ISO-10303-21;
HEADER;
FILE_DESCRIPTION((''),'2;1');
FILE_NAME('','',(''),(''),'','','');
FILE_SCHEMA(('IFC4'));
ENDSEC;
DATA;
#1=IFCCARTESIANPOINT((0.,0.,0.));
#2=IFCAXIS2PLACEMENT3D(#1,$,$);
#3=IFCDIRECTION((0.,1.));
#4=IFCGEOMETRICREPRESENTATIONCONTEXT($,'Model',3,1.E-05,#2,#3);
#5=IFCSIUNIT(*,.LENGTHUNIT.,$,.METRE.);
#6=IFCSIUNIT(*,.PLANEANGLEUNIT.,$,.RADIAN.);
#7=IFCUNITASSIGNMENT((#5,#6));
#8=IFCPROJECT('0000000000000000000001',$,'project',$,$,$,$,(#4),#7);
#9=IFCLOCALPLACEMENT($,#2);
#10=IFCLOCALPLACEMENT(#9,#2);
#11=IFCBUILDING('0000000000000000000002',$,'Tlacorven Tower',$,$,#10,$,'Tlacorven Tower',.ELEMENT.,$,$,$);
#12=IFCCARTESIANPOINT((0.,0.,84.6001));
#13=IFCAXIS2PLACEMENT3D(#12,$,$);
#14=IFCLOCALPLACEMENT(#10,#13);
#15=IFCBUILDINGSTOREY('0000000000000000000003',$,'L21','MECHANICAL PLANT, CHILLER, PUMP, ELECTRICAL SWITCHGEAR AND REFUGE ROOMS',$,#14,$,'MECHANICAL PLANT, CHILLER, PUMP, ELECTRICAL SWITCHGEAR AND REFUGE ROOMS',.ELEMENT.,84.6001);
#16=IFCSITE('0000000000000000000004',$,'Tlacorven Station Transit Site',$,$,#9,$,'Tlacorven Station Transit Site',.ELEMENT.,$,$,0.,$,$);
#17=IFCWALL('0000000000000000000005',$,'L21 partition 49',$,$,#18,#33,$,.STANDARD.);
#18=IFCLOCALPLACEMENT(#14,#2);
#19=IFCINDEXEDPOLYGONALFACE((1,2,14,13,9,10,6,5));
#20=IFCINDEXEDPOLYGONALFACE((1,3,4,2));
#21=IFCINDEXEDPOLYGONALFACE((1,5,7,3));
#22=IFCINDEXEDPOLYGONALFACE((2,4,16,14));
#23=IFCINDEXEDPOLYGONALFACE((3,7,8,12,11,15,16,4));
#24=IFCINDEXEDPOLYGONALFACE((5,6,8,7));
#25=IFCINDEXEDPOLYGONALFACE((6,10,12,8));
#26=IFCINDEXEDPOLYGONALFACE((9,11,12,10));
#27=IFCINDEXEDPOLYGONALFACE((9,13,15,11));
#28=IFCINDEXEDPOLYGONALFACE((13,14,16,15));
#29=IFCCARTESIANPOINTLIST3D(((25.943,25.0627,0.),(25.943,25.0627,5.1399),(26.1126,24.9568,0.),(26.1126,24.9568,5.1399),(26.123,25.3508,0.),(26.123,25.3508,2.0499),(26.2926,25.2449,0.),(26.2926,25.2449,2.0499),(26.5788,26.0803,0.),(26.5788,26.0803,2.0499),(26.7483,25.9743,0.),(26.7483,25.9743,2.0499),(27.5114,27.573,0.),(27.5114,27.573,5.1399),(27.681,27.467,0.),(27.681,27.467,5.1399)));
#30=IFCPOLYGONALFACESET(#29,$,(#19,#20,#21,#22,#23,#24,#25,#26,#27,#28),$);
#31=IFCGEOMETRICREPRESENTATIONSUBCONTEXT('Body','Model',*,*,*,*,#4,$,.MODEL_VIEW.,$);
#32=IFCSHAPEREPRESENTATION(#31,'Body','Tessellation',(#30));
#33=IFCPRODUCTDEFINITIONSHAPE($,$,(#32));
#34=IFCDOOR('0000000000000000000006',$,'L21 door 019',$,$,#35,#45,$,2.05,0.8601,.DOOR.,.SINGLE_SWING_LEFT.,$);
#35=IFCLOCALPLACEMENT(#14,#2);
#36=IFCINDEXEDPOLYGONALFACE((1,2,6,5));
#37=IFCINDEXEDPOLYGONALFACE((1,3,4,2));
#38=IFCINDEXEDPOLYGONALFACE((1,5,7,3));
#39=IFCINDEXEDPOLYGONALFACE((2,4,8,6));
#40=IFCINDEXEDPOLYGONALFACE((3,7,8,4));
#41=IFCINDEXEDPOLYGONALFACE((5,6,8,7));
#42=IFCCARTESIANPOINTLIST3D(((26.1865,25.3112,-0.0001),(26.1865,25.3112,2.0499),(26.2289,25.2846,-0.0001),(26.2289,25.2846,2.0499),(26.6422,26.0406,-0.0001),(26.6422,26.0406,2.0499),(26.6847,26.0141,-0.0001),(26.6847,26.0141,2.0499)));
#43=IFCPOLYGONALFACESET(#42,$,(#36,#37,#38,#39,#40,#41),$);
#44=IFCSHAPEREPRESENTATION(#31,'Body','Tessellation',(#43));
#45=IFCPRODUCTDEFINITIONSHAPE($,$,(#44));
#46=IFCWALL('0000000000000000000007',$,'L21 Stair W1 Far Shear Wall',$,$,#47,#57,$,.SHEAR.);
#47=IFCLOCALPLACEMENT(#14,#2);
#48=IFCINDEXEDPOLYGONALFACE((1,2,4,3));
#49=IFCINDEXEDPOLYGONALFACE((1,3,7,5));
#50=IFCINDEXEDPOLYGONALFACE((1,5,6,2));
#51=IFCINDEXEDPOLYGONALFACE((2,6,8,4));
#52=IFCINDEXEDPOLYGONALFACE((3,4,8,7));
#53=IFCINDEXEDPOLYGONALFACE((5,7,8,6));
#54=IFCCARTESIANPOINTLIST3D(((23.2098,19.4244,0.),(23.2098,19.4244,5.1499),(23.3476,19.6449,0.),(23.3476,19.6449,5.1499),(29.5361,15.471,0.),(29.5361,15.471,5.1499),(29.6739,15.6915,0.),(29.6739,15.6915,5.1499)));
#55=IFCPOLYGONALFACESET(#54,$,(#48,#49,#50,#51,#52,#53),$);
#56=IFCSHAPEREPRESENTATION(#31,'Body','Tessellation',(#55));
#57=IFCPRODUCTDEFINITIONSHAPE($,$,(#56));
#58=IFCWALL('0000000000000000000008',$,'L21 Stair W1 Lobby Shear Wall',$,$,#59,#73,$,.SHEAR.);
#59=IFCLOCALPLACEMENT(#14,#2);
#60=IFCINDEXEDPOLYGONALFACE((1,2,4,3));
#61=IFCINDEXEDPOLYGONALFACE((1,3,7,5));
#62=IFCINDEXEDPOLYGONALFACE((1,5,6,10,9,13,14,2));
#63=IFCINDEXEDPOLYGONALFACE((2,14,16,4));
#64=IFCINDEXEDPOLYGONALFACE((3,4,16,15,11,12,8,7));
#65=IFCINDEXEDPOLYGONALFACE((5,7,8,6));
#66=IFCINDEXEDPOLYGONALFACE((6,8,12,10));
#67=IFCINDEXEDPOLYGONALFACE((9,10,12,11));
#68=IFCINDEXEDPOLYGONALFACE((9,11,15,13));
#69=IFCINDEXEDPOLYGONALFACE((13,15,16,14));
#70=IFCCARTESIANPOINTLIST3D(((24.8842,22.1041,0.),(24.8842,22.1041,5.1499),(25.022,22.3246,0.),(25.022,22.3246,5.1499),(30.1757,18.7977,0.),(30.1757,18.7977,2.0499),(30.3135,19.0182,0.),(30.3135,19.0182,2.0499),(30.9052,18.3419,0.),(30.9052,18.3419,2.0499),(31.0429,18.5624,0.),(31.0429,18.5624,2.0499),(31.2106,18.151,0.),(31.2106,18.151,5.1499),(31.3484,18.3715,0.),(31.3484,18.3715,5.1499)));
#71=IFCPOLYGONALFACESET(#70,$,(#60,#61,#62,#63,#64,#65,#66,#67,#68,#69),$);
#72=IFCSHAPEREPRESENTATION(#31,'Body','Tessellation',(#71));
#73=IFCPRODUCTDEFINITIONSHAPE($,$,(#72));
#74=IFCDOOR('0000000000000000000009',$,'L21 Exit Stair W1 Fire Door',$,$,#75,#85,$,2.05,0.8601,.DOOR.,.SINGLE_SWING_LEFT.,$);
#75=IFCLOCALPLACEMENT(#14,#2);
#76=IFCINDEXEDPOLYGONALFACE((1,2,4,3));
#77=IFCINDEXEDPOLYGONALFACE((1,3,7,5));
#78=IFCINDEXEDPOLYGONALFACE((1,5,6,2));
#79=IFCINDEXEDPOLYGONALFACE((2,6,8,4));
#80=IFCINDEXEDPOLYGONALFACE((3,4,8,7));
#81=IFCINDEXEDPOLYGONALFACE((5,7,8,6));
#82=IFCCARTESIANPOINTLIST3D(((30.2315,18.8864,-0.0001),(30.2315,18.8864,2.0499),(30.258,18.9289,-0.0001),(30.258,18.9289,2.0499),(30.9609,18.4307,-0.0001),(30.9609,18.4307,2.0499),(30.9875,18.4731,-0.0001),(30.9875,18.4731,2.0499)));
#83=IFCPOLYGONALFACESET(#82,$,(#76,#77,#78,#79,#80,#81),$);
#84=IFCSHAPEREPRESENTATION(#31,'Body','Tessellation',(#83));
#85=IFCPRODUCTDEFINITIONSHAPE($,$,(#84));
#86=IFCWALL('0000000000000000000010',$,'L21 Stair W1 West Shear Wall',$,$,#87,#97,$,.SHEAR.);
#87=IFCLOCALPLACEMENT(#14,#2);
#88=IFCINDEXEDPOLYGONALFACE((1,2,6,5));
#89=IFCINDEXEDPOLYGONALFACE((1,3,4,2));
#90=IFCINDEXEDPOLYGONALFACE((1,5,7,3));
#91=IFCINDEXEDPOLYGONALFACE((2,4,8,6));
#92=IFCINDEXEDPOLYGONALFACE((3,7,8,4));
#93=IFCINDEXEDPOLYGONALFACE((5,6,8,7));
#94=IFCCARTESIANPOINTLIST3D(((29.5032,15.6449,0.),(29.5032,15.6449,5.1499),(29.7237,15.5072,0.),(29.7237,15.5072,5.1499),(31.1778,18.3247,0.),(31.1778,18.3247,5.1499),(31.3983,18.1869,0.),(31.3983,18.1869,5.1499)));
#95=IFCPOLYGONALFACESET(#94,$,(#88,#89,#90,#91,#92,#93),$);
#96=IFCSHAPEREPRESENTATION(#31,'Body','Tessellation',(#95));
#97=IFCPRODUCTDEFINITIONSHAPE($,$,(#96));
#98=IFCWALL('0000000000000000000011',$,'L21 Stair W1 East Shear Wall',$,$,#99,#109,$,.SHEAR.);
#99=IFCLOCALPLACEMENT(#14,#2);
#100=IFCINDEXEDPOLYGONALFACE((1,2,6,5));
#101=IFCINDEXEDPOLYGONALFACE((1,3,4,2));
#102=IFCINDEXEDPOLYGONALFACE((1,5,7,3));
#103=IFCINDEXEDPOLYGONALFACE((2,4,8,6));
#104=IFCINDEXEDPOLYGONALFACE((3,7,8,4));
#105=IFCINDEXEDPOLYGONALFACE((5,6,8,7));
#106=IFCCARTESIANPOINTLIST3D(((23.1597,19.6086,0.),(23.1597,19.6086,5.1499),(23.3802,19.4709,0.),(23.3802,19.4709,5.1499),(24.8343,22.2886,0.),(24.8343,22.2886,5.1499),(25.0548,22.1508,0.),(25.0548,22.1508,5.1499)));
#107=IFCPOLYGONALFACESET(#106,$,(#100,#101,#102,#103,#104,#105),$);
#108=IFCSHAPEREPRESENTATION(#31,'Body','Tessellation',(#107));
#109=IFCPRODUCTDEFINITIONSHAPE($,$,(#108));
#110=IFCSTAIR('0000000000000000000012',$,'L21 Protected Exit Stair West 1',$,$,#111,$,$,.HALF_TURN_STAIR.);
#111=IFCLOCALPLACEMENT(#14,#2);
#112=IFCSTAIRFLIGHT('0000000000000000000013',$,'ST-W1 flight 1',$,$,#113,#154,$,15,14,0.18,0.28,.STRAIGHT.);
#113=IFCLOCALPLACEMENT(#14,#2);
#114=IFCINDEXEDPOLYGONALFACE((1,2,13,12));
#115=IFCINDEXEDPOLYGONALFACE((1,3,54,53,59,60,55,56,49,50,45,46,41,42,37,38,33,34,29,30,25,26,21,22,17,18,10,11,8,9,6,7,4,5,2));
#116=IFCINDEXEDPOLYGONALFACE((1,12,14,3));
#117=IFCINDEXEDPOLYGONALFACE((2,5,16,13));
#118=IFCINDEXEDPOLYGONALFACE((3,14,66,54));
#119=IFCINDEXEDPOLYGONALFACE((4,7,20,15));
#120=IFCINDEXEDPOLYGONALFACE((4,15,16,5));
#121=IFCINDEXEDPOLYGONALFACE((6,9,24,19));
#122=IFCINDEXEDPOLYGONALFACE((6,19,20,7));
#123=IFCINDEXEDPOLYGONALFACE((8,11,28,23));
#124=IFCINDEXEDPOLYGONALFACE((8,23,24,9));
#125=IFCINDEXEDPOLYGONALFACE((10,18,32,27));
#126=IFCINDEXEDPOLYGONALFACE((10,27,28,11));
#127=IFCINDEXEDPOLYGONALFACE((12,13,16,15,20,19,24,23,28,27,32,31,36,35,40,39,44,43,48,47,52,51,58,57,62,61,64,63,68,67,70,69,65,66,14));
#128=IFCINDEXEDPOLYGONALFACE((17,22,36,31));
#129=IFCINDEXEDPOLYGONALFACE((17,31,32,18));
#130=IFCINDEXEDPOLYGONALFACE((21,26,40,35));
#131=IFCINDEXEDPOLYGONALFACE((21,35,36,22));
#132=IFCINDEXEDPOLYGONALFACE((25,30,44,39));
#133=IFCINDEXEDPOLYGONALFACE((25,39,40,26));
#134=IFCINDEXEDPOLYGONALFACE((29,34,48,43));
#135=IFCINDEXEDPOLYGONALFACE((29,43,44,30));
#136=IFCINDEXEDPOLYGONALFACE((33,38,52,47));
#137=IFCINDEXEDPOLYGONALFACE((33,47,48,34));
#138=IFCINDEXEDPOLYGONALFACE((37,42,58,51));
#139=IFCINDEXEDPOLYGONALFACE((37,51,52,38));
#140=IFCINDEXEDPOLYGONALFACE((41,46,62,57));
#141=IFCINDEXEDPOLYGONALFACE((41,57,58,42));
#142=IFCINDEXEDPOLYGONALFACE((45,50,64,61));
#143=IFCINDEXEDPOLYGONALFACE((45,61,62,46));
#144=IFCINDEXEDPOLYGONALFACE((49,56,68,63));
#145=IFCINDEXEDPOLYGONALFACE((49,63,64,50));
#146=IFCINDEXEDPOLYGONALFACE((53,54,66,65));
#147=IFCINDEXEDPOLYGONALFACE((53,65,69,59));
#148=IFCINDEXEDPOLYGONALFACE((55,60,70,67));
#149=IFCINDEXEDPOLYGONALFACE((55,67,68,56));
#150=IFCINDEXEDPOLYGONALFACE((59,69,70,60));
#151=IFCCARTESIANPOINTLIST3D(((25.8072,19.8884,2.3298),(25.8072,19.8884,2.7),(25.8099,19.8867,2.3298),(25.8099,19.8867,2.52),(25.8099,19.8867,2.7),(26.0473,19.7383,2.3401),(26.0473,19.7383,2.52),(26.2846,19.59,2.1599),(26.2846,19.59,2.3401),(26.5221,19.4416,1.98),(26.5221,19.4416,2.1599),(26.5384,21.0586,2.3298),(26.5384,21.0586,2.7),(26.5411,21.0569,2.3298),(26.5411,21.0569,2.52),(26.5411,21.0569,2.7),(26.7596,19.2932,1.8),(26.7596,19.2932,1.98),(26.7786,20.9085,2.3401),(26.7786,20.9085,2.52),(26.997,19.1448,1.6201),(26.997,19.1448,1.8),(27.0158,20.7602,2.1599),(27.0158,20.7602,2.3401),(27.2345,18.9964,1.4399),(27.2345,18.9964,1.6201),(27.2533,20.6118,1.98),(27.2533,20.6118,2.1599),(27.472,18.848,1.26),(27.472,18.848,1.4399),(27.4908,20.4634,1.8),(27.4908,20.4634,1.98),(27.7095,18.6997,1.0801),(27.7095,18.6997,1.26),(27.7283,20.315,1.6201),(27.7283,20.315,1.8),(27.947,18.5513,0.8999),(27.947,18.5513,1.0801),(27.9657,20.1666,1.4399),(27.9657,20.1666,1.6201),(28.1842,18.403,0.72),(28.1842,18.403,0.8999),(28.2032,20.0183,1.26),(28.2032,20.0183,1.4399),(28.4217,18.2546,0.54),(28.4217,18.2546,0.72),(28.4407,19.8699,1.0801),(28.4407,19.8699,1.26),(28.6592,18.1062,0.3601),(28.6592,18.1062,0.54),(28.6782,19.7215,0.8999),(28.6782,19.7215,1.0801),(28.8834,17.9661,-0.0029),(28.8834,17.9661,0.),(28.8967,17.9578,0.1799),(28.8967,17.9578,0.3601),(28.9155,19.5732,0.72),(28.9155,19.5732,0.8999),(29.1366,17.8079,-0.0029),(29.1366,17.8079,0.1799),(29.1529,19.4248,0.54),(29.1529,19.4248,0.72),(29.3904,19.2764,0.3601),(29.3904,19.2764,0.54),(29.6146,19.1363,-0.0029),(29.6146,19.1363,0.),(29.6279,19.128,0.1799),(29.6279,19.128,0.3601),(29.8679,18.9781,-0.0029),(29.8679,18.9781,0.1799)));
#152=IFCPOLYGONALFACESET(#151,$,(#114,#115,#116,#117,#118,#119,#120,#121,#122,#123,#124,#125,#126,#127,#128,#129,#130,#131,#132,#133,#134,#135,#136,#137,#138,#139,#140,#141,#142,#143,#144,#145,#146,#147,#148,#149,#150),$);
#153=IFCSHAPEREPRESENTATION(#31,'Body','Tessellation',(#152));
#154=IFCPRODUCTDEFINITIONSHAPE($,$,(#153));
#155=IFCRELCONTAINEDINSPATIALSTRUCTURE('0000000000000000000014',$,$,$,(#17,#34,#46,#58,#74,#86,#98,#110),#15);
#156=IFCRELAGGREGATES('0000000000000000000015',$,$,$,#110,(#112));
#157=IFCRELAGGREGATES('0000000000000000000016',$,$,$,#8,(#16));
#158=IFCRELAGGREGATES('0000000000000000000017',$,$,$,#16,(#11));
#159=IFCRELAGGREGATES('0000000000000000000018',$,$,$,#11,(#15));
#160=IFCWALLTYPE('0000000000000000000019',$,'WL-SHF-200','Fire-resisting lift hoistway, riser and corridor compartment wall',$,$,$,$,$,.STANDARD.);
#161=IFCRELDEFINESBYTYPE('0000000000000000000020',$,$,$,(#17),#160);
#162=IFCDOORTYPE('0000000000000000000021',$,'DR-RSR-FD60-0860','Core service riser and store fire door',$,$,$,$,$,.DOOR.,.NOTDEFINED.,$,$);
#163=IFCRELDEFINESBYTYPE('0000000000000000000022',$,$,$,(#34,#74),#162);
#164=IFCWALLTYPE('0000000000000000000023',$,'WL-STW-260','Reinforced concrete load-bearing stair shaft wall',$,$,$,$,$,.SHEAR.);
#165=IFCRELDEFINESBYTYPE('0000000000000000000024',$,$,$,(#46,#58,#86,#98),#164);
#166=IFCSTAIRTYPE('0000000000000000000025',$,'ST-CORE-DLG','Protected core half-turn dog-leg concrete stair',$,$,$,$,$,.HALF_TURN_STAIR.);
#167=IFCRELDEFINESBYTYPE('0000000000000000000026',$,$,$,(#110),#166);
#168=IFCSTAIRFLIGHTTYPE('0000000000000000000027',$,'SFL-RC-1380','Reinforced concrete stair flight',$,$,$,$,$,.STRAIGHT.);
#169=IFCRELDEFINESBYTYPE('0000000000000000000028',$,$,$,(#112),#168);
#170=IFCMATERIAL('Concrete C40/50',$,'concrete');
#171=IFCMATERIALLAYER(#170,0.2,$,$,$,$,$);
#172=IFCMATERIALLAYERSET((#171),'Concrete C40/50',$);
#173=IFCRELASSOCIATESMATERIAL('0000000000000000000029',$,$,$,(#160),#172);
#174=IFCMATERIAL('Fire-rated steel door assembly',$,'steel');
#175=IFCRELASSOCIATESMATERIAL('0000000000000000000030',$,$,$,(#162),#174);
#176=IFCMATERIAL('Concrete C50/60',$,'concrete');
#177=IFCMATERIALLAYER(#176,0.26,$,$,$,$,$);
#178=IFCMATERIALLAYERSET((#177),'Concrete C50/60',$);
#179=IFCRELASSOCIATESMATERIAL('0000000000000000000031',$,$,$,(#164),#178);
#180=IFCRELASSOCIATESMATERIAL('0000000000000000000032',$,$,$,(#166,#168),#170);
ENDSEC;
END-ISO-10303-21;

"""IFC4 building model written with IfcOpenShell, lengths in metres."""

from ifc_helpers import new_model, si_unit, direction, frame, frame_2d, origin, place, context, subcontext, project, spatial, polyline, rectangle, outline, extrude, source, transform, mapped, material, layer, layer_set, type_object, element, fill, aggregate, save


model = new_model("IFC4")

# Units and contexts
model_context = context("Model", 3, precision=1e-05, world=origin(), true_north=direction((0.0, 1.0)))
body_context = subcontext(model_context, "Body", "Model", "MODEL_VIEW")
ifc_project = project(units=[si_unit("LENGTHUNIT", "METRE"), si_unit("PLANEANGLEUNIT", "RADIAN")], contexts=[model_context])

# Site, building, storey
site_placement = place(None, origin())
site = spatial("IfcSite", under=ifc_project, at=site_placement, Name="Tlacorven Station Transit Site", LongName="Tlacorven Station Transit Site", CompositionType="ELEMENT", RefElevation=0.0)
building_placement = place(site_placement, origin())
building = spatial("IfcBuilding", under=site, at=building_placement, Name="Tlacorven Tower", LongName="Tlacorven Tower", CompositionType="ELEMENT")
storey_placement = place(building_placement, frame((0.0, 0.0, 84.6001)))
storey = spatial("IfcBuildingStorey", under=building, at=storey_placement, Name="L21", Description="MECHANICAL PLANT, CHILLER, PUMP, ELECTRICAL SWITCHGEAR AND REFUGE ROOMS", LongName="MECHANICAL PLANT, CHILLER, PUMP, ELECTRICAL SWITCHGEAR AND REFUGE ROOMS", CompositionType="ELEMENT", Elevation=84.6001)

# Shared definitions
ifc_material_1 = material(Name="Concrete C40/50", Category="concrete")
ifc_layer_1 = layer(ifc_material_1, 0.2)
ifc_layer_set_1 = layer_set([ifc_layer_1], Name="Concrete C40/50")
wall_type_1 = type_object("IfcWallType", Name="WL-SHF-200", Description="Fire-resisting lift hoistway, riser and corridor compartment wall", PredefinedType="STANDARD", material=ifc_layer_set_1)

# Shared definitions
ifc_material_2 = material(Name="Fire-rated steel door assembly", Category="steel")
door_type = type_object("IfcDoorType", Name="DR-RSR-FD60-0860", Description="Core service riser and store fire door", OperationType="NOTDEFINED", PredefinedType="DOOR", material=ifc_material_2)
shared_shape_1 = source(origin(), body_context, "Body", "SweptSolid", [
    extrude(rectangle(XDim=0.8601, YDim=2.05, at=frame_2d((0.4302, 1.0249))), frame((0.0, 0.0249, 0.0), z_axis=(0.0, -1.0, 0.0), x_axis=(1.0, 0.0, 0.0)), (0.0, 0.0, 1.0), 0.05),
])

# Wall, opening, door
wall_1_placement = place(storey_placement, frame((27.5962, 27.52, 0.0), z_axis=(0.0, 0.0, 1.0), x_axis=(-0.529865, -0.848082, 0.0)))
wall_1 = element("IfcWall", 1, at=wall_1_placement, inside=storey, type_object=wall_type_1, Name="L21 partition 49", PredefinedType="STANDARD", context=body_context, shape_type="SweptSolid", body=[
    extrude(rectangle(XDim=2.96, YDim=0.2, at=frame_2d((1.48, 0.0))), origin(), (0.0, 0.0, 1.0), 5.1399),
])
opening_1_placement = place(wall_1_placement, frame((1.76, 0.0, 0.0)))
opening_1 = element("IfcOpeningElement", 2, at=opening_1_placement, cuts=wall_1, PredefinedType="OPENING", context=body_context, shape_type="SweptSolid", body=[
    extrude(rectangle(XDim=0.8601, YDim=2.05, at=frame_2d((0.4302, 1.0249))), frame((0.0, 0.1099, 0.0), z_axis=(0.0, -1.0, 0.0), x_axis=(1.0, 0.0, 0.0)), (0.0, 0.0, 1.0), 0.22),
])
door_1_placement = place(opening_1_placement, origin())
door_1 = element("IfcDoor", 3, at=door_1_placement, inside=storey, type_object=door_type, Name="L21 door 019", OperationType="SINGLE_SWING_LEFT", OverallHeight=2.05, OverallWidth=0.8601, PredefinedType="DOOR", context=body_context, shape_type="MappedRepresentation", body=[
    mapped(shared_shape_1, transform((0.0, 0.0, 0.0), scale=1.0)),
])
fill(opening_1, door_1)

# Wall
ifc_material_3 = material(Name="Concrete C50/60", Category="concrete")
ifc_layer_2 = layer(ifc_material_3, 0.26)
ifc_layer_set_2 = layer_set([ifc_layer_2], Name="Concrete C50/60")
wall_type_2 = type_object("IfcWallType", Name="WL-STW-260", Description="Reinforced concrete load-bearing stair shaft wall", PredefinedType="SHEAR", material=ifc_layer_set_2)
wall_2_placement = place(storey_placement, frame((29.605, 15.5813, 0.0), z_axis=(0.0, 0.0, 1.0), x_axis=(-0.848037, 0.529937, 0.0)))
element("IfcWall", 4, at=wall_2_placement, inside=storey, type_object=wall_type_2, Name="L21 Stair W1 Far Shear Wall", PredefinedType="SHEAR", context=body_context, shape_type="SweptSolid", body=[
    extrude(rectangle(XDim=7.46, YDim=0.26, at=frame_2d((3.73, 0.0))), origin(), (0.0, 0.0, 1.0), 5.1499),
])

# Wall, opening, door
wall_3_placement = place(storey_placement, frame((31.2795, 18.2612, 0.0), z_axis=(0.0, 0.0, 1.0), x_axis=(-0.848052, 0.529914, 0.0)))
wall_3 = element("IfcWall", 5, at=wall_3_placement, inside=storey, type_object=wall_type_2, Name="L21 Stair W1 Lobby Shear Wall", PredefinedType="SHEAR", context=body_context, shape_type="SweptSolid", body=[
    extrude(rectangle(XDim=7.46, YDim=0.26, at=frame_2d((3.73, 0.0))), origin(), (0.0, 0.0, 1.0), 5.1499),
])
opening_2_placement = place(wall_3_placement, frame((0.3601, 0.0, 0.0)))
opening_2 = element("IfcOpeningElement", 6, at=opening_2_placement, cuts=wall_3, PredefinedType="OPENING", context=body_context, shape_type="SweptSolid", body=[
    extrude(rectangle(XDim=0.8601, YDim=2.05, at=frame_2d((0.4302, 1.0249))), frame((0.0, 0.1401, 0.0), z_axis=(0.0, -1.0, 0.0), x_axis=(1.0, 0.0, 0.0)), (0.0, 0.0, 1.0), 0.28),
])
door_2_placement = place(opening_2_placement, frame((0.8601, 0.0, 0.0), z_axis=(0.0, 0.0, 1.0), x_axis=(-1.0, 0.0, 0.0)))
door_2 = element("IfcDoor", 7, at=door_2_placement, inside=storey, type_object=door_type, Name="L21 Exit Stair W1 Fire Door", OperationType="SINGLE_SWING_LEFT", OverallHeight=2.05, OverallWidth=0.8601, PredefinedType="DOOR", context=body_context, shape_type="MappedRepresentation", body=[
    mapped(shared_shape_1, transform((0.0, 0.0, 0.0), scale=1.0)),
])
fill(opening_2, door_2)

# Walls
wall_4_placement = place(storey_placement, frame((31.2881, 18.2559, 0.0), z_axis=(0.0, 0.0, 1.0), x_axis=(-0.529943, -0.848033, 0.0)))
element("IfcWall", 8, at=wall_4_placement, inside=storey, type_object=wall_type_2, Name="L21 Stair W1 West Shear Wall", PredefinedType="SHEAR", context=body_context, shape_type="SweptSolid", body=[
    extrude(rectangle(XDim=3.1599, YDim=0.26, at=frame_2d((1.5801, 0.0))), origin(), (0.0, 0.0, 1.0), 5.1499),
])
wall_5_placement = place(storey_placement, frame((24.9446, 22.2197, 0.0), z_axis=(0.0, 0.0, 1.0), x_axis=(-0.529909, -0.848055, 0.0)))
element("IfcWall", 9, at=wall_5_placement, inside=storey, type_object=wall_type_2, Name="L21 Stair W1 East Shear Wall", PredefinedType="SHEAR", context=body_context, shape_type="SweptSolid", body=[
    extrude(rectangle(XDim=3.1602, YDim=0.26, at=frame_2d((1.5801, 0.0))), origin(), (0.0, 0.0, 1.0), 5.1499),
])

# Stair, stair flight
stair_type = type_object("IfcStairType", Name="ST-CORE-DLG", Description="Protected core half-turn dog-leg concrete stair", PredefinedType="HALF_TURN_STAIR", material=ifc_material_1)
stair_placement = place(storey_placement, origin())
stair = element("IfcStair", 10, at=stair_placement, inside=storey, type_object=stair_type, Name="L21 Protected Exit Stair West 1", PredefinedType="HALF_TURN_STAIR")
stair_flight_type = type_object("IfcStairFlightType", Name="SFL-RC-1380", Description="Reinforced concrete stair flight", PredefinedType="STRAIGHT", material=ifc_material_1)
shared_shape_2 = source(origin(), body_context, "Body", "SweptSolid", [
    extrude(outline(polyline([(-0.0029, -0.0029), (-0.0029, 0.1799), (0.28, 0.1799), (0.28, 0.3601), (0.5601, 0.3601), (0.5601, 0.54), (0.8401, 0.54), (0.8401, 0.72), (1.1201, 0.72), (1.1201, 0.8999), (1.3999, 0.8999), (1.3999, 1.0801), (1.6799, 1.0801), (1.6799, 1.26), (1.96, 1.26), (1.96, 1.4399), (2.24, 1.4399), (2.24, 1.6201), (2.52, 1.6201), (2.52, 1.8), (2.8, 1.8), (2.8, 1.98), (3.0801, 1.98), (3.0801, 2.1599), (3.3601, 2.1599), (3.3601, 2.3401), (3.6399, 2.3401), (3.6399, 2.52), (3.9199, 2.52), (3.9199, 2.7), (3.9231, 2.7), (3.9231, 2.3298), (3.9199, 2.3298), (0.2957, 0.0), (0.2957, -0.0029), (-0.0029, -0.0029)])), frame((0.0, 0.6899, 0.0), z_axis=(0.0, -1.0, 0.0), x_axis=(1.0, 0.0, 0.0)), (0.0, 0.0, 1.0), 1.3799),
])
stair_flight_1_placement = place(storey_placement, frame((29.4998, 18.3945, 0.0), z_axis=(0.0, 0.0, 1.0), x_axis=(-0.848048, 0.529919, 0.0)))
stair_flight_1 = element("IfcStairFlight", 11, at=stair_flight_1_placement, type_object=stair_flight_type, Name="ST-W1 flight 1", NumberOfRisers=15, NumberOfTreads=14, PredefinedType="STRAIGHT", RiserHeight=0.18, TreadLength=0.28, context=body_context, shape_type="MappedRepresentation", body=[
    mapped(shared_shape_2, transform((0.0, 0.0, 0.0), scale=1.0)),
])
aggregate(stair, [stair_flight_1])

save(model, "model.ifc")
